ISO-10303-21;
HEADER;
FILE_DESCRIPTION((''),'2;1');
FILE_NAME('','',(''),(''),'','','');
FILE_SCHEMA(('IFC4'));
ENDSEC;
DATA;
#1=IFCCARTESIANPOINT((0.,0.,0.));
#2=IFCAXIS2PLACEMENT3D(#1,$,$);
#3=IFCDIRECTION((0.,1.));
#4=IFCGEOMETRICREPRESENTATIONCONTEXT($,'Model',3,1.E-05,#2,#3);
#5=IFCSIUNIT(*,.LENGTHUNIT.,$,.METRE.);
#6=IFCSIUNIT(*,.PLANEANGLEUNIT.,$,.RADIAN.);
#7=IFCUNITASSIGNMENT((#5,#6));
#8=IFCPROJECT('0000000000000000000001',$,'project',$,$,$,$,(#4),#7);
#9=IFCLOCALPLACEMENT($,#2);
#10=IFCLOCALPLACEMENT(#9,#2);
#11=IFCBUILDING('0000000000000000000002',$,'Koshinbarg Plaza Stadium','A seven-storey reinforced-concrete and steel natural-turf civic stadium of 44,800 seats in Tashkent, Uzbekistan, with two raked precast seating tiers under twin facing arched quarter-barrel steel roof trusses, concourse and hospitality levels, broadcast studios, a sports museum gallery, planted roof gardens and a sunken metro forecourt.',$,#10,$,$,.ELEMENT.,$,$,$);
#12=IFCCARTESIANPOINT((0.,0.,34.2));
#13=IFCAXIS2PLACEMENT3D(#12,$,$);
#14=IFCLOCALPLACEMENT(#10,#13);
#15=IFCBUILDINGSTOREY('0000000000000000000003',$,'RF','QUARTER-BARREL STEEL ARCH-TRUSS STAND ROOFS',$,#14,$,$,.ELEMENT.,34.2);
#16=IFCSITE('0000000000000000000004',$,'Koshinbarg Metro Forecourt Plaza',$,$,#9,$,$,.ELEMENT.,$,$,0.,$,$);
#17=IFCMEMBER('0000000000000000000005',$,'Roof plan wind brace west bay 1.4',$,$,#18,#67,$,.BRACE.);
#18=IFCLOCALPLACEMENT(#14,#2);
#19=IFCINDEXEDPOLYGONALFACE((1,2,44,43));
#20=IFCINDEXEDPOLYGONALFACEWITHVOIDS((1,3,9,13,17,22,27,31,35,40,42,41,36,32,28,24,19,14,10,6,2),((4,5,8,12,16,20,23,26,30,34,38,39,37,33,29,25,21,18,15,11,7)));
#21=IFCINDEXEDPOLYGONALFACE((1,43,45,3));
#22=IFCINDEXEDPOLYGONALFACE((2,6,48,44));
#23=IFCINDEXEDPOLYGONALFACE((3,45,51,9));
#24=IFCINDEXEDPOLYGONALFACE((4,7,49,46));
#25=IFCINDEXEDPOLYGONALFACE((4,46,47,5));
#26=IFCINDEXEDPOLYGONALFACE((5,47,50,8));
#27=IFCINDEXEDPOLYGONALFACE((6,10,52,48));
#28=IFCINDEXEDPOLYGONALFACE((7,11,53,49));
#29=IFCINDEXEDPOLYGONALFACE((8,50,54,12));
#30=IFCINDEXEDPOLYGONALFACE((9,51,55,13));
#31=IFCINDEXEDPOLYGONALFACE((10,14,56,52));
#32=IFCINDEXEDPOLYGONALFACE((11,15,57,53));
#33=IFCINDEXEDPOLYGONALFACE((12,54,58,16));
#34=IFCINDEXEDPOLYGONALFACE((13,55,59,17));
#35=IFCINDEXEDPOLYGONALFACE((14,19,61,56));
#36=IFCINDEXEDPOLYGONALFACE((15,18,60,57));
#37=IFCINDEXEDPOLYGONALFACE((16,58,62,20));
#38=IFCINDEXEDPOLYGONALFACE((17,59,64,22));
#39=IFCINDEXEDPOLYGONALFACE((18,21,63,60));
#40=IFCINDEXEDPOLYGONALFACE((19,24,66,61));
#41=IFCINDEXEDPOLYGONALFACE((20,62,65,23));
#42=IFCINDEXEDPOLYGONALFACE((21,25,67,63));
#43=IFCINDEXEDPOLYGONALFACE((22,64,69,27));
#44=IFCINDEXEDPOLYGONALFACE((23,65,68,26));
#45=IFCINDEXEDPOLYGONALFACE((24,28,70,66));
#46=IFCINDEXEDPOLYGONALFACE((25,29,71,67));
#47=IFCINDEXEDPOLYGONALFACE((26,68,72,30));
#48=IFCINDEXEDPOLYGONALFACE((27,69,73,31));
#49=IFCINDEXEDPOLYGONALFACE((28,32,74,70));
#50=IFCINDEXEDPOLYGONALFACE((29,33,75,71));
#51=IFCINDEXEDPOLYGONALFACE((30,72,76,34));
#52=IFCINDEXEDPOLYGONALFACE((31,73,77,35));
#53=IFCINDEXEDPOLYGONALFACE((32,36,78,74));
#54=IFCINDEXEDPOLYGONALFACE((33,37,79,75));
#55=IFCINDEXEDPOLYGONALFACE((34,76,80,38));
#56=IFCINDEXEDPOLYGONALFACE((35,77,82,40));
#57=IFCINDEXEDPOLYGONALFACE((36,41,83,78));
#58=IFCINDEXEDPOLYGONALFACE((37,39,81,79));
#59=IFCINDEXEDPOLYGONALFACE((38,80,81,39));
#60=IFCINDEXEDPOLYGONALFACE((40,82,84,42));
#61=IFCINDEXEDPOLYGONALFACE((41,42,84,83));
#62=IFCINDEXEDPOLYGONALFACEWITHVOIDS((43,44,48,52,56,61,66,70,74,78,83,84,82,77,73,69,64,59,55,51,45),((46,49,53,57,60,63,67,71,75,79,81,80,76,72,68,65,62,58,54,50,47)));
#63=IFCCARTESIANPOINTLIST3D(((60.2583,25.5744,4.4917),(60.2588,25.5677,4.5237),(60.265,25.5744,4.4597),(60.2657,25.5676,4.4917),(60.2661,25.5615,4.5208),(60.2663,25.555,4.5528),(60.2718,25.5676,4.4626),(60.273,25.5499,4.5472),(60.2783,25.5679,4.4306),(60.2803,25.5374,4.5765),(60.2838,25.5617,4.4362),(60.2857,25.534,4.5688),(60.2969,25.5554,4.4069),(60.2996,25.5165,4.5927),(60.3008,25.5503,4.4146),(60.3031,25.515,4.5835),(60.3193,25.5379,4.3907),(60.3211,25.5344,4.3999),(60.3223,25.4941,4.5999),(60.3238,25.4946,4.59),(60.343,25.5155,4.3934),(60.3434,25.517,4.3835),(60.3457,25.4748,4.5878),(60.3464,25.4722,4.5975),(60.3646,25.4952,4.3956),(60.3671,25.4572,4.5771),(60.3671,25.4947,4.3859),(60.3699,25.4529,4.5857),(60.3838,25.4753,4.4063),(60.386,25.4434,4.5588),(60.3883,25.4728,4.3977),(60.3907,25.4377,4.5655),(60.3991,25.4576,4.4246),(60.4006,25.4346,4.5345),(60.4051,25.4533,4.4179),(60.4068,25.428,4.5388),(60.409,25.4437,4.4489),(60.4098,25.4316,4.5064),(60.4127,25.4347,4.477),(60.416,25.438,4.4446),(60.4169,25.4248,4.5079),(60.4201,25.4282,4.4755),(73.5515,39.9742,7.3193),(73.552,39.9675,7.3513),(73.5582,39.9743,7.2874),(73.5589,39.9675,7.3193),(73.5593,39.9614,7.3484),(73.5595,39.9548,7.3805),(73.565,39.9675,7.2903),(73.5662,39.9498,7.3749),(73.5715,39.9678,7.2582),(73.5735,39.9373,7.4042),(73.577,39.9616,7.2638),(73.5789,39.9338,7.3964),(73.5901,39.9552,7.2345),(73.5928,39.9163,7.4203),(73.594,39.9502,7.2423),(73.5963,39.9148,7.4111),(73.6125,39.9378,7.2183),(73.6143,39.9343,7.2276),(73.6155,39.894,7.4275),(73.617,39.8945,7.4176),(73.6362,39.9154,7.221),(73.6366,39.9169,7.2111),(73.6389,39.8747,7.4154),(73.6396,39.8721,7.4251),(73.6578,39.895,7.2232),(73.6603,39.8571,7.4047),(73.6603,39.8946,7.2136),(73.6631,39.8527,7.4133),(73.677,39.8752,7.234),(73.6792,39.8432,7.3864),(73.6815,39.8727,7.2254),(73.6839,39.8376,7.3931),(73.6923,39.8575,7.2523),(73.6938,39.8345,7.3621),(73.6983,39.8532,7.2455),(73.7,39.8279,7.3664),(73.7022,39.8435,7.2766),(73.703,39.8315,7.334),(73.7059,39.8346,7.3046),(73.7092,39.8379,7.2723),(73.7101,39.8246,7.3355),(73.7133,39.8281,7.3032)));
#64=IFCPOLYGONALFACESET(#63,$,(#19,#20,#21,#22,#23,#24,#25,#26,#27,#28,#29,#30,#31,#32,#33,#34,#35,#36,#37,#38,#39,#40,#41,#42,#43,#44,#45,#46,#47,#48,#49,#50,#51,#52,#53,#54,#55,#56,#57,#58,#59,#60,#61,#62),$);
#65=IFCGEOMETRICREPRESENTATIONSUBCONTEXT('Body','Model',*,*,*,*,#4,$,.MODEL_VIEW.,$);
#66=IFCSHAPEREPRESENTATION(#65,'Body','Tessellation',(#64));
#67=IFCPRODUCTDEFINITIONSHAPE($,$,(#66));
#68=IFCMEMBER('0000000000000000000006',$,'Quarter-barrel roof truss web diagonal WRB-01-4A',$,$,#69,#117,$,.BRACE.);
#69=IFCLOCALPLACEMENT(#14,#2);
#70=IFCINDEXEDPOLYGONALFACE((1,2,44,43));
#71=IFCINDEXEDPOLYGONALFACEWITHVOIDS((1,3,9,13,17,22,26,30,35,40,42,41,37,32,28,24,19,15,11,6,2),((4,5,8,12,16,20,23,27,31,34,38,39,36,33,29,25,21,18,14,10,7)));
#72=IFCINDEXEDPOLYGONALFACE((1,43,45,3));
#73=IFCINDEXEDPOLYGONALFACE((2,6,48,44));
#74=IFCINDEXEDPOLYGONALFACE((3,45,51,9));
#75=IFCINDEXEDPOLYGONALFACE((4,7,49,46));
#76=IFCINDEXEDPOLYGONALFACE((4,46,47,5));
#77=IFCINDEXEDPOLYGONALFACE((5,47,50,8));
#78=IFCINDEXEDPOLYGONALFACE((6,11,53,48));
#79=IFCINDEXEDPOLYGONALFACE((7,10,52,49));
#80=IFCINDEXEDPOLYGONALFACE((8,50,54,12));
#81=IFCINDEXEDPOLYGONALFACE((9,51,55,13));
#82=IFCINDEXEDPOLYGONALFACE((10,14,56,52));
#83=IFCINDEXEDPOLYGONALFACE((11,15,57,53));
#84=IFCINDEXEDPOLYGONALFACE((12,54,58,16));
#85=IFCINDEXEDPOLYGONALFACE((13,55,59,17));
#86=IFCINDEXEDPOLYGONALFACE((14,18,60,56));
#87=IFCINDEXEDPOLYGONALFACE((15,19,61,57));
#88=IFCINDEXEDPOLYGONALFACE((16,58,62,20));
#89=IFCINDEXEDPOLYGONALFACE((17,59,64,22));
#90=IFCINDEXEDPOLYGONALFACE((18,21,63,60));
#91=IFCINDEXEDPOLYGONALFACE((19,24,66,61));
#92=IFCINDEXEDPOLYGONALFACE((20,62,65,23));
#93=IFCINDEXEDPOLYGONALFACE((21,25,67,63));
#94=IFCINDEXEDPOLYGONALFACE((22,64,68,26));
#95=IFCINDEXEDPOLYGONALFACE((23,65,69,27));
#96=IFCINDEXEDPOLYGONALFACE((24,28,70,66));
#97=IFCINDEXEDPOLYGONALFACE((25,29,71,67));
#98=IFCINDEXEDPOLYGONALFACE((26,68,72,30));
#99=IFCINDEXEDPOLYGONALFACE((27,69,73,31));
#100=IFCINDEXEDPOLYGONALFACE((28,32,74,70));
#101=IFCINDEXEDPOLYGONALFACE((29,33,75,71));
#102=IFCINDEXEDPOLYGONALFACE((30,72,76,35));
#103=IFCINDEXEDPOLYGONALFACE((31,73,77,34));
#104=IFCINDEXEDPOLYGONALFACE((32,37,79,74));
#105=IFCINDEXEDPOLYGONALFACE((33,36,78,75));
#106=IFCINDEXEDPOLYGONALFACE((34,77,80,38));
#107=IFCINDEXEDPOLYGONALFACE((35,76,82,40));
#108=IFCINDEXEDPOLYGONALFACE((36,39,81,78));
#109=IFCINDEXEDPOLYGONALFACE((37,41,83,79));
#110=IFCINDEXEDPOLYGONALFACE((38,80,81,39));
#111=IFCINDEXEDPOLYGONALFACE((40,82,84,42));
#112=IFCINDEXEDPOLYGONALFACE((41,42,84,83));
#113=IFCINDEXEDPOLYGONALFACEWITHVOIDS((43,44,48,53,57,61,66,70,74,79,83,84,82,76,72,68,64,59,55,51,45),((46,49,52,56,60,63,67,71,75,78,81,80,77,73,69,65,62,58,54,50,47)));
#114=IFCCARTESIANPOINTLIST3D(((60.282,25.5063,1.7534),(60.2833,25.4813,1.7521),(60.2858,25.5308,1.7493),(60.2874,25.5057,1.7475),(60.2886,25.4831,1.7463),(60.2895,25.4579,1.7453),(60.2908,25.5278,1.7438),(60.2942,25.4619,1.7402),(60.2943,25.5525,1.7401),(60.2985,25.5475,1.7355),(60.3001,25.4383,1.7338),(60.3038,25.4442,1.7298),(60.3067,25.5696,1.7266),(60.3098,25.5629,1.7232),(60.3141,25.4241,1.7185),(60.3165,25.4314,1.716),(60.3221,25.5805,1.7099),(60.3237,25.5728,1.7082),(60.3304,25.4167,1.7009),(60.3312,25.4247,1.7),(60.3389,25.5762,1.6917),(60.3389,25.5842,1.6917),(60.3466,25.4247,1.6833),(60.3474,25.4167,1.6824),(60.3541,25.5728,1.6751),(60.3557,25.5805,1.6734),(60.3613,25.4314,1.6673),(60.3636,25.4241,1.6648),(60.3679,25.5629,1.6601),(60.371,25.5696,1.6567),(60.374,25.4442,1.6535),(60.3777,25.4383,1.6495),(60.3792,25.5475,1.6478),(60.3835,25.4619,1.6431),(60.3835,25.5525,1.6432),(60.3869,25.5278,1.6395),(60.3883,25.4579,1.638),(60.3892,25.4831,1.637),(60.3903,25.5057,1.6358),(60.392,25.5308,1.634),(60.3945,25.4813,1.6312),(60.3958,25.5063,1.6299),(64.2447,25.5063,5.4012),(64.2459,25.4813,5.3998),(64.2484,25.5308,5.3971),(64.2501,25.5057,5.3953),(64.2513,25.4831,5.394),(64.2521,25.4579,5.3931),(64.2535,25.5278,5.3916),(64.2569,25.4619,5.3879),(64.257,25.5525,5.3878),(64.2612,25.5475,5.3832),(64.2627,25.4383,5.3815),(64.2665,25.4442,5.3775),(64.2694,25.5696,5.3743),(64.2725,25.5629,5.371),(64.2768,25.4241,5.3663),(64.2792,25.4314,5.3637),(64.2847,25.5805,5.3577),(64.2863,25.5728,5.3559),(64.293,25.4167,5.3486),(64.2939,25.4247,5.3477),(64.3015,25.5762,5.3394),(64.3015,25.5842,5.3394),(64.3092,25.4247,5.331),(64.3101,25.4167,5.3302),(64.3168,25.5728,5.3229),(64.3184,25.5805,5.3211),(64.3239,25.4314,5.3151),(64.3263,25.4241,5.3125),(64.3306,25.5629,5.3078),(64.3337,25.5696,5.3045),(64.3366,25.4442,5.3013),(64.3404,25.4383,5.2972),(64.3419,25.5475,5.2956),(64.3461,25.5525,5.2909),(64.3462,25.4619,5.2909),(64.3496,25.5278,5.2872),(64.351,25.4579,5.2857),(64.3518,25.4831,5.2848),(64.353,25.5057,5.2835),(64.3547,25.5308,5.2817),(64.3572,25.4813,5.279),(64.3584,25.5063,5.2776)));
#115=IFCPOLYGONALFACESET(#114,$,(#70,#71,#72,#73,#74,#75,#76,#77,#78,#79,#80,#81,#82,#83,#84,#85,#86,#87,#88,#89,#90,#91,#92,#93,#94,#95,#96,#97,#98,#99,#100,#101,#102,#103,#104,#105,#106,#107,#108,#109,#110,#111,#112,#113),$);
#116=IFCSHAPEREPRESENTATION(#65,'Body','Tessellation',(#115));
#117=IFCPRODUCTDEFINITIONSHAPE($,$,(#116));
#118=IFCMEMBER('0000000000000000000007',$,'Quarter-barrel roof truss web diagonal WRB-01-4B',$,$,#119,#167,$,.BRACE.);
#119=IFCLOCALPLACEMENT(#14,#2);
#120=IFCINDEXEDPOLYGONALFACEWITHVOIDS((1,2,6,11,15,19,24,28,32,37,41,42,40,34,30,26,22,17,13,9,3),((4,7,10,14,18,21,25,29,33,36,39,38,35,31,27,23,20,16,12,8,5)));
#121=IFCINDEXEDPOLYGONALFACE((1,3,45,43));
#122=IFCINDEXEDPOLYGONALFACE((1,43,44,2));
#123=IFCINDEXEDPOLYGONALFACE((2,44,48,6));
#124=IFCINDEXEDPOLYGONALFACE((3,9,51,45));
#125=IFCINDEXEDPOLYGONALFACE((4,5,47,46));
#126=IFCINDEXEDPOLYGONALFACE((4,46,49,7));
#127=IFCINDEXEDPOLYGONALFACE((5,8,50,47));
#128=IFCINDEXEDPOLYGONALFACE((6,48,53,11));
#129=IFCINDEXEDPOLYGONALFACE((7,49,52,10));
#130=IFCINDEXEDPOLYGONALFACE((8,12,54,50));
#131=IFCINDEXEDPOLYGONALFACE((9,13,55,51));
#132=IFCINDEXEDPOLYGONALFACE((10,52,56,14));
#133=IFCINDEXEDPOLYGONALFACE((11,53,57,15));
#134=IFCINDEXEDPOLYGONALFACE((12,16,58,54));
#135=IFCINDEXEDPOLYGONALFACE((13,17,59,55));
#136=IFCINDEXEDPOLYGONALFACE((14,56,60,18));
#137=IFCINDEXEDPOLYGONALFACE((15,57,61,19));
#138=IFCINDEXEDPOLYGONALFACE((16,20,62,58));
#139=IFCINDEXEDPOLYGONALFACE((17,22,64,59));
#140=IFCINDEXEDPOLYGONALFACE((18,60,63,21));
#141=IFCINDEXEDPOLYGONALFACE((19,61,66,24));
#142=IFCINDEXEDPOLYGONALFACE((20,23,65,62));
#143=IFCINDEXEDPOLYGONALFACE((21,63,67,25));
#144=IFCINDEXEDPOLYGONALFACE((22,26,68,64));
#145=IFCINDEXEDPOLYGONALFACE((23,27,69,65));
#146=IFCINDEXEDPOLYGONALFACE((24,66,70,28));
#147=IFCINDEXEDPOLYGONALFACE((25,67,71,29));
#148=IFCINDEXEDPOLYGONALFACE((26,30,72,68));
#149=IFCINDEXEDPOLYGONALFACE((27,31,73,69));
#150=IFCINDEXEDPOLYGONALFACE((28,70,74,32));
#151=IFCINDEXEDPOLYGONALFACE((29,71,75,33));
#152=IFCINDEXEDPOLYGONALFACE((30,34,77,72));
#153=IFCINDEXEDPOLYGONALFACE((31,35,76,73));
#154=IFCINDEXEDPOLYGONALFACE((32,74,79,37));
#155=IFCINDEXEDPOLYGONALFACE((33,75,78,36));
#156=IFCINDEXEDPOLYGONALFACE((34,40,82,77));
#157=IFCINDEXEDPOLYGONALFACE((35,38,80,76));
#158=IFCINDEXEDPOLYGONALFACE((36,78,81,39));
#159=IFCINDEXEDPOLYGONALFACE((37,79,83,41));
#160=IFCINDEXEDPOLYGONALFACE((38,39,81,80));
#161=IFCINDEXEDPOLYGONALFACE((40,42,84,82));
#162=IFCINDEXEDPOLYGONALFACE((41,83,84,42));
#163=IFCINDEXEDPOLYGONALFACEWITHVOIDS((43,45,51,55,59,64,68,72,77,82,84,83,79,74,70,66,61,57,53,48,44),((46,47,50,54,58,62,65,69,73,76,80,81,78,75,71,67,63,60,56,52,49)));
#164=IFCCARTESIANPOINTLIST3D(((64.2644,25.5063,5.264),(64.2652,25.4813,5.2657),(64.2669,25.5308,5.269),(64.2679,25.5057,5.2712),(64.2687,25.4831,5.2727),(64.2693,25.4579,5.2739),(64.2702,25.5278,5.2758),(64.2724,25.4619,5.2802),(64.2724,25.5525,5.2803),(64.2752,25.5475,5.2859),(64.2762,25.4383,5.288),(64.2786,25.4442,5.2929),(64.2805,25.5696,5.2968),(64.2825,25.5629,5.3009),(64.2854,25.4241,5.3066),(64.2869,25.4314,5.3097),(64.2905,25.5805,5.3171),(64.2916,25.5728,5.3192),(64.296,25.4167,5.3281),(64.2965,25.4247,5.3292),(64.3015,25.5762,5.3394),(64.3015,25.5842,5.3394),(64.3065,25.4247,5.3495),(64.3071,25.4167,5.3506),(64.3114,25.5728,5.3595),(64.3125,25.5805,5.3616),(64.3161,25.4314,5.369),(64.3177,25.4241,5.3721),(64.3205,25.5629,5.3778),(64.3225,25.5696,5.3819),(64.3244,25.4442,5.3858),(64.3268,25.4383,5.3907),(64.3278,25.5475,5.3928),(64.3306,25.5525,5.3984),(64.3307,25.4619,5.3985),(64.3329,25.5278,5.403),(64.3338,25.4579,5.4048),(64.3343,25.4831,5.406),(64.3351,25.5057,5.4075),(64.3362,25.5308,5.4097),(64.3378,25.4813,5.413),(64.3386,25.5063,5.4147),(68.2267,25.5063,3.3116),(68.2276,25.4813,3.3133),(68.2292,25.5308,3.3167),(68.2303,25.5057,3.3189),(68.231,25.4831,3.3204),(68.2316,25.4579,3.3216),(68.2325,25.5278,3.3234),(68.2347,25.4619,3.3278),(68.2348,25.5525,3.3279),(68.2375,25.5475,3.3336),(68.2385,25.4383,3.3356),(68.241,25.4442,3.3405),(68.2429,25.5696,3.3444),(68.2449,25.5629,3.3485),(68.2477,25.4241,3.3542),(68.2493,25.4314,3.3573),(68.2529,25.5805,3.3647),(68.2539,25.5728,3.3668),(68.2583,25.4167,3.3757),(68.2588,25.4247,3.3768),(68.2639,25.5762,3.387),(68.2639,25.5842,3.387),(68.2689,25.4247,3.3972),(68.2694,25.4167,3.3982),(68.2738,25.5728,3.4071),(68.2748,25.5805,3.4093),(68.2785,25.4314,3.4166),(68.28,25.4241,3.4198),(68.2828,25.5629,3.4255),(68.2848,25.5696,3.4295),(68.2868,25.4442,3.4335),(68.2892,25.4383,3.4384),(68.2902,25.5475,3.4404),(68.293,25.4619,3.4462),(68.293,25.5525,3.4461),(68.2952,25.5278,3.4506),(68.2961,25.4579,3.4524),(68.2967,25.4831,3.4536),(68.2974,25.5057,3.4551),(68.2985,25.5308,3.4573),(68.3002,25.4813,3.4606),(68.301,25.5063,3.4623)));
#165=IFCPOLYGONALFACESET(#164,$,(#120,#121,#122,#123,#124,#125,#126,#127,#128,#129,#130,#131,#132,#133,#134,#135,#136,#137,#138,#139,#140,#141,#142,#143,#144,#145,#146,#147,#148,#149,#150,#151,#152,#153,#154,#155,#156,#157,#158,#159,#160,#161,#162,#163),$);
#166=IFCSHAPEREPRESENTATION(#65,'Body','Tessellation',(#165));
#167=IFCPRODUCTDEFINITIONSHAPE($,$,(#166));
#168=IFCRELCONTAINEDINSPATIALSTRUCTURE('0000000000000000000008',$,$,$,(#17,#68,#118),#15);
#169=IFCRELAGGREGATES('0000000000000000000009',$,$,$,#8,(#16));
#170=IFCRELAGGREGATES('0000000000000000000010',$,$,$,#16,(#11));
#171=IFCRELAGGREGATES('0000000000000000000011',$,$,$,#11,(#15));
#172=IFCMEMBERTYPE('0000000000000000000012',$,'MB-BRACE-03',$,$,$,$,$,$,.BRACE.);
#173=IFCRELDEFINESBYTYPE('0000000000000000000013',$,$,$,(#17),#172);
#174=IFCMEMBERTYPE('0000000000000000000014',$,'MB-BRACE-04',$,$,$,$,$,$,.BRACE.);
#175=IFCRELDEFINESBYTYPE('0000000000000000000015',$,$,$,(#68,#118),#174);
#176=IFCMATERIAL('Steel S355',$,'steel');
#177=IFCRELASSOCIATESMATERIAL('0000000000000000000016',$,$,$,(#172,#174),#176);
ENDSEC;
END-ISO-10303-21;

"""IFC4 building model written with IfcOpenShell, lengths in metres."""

from ifc_helpers import new_model, si_unit, direction, frame, origin, origin_2d, place, context, subcontext, project, spatial, hollow_circle, extrude, material, material_profile, profile_set, type_object, element, save


model = new_model("IFC4")

# Units and contexts
model_context = context("Model", 3, precision=1e-05, world=origin(), true_north=direction((0.0, 1.0)))
body_context = subcontext(model_context, "Body", "Model", "MODEL_VIEW")
ifc_project = project(units=[si_unit("LENGTHUNIT", "METRE"), si_unit("PLANEANGLEUNIT", "RADIAN")], contexts=[model_context])

# Site, building, storey
site_placement = place(None, origin())
site = spatial("IfcSite", under=ifc_project, at=site_placement, Name="Koshinbarg Metro Forecourt Plaza", CompositionType="ELEMENT", RefElevation=0.0)
building_placement = place(site_placement, origin())
building = spatial("IfcBuilding", under=site, at=building_placement, Name="Koshinbarg Plaza Stadium", Description="A seven-storey reinforced-concrete and steel natural-turf civic stadium of 44,800 seats in Tashkent, Uzbekistan, with two raked precast seating tiers under twin facing arched quarter-barrel steel roof trusses, concourse and hospitality levels, broadcast studios, a sports museum gallery, planted roof gardens and a sunken metro forecourt.", CompositionType="ELEMENT")
storey_placement = place(building_placement, frame((0.0, 0.0, 34.2)))
storey = spatial("IfcBuildingStorey", under=building, at=storey_placement, Name="RF", Description="QUARTER-BARREL STEEL ARCH-TRUSS STAND ROOFS", CompositionType="ELEMENT", Elevation=34.2)

# Members
ifc_material_1 = material(Name="Steel S355", Category="steel")
ifc_material_profile_1 = material_profile(ifc_material_1, hollow_circle(Radius=0.1096, WallThickness=0.01, at=origin_2d()), Name="CHS 219.1x10")
ifc_profile_set_1 = profile_set([ifc_material_profile_1], Name="Steel S355")
member_type_1 = type_object("IfcMemberType", Name="MB-BRACE-03", PredefinedType="BRACE", material=ifc_profile_set_1)
member_1_placement = place(storey_placement, frame((60.3389, 25.5, 4.4917), z_axis=(0.671355, 0.727247, 0.142806), x_axis=(-0.734778, 0.678308, 0.0)))
element("IfcMember", 1, at=member_1_placement, inside=storey, type_object=member_type_1, Name="Roof plan wind brace west bay 1.4", PredefinedType="BRACE", context=body_context, shape_type="SweptSolid", body=[
    extrude(hollow_circle(Radius=0.1096, WallThickness=0.01, at=origin_2d()), origin(), (0.0, 0.0, 1.0), 19.8005),
])
ifc_material_profile_2 = material_profile(ifc_material_1, hollow_circle(Radius=0.0842, WallThickness=0.0081, at=origin_2d()), Name="CHS 168.3x8")
ifc_profile_set_2 = profile_set([ifc_material_profile_2], Name="Steel S355")
member_type_2 = type_object("IfcMemberType", Name="MB-BRACE-04", PredefinedType="BRACE", material=ifc_profile_set_2)
member_2_placement = place(storey_placement, frame((60.3389, 25.5, 1.6917), z_axis=(0.735739, 0.0, 0.677265), x_axis=(0.0, 1.0, 0.0)))
element("IfcMember", 2, at=member_2_placement, inside=storey, type_object=member_type_2, Name="Quarter-barrel roof truss web diagonal WRB-01-4A", PredefinedType="BRACE", context=body_context, shape_type="SweptSolid", body=[
    extrude(hollow_circle(Radius=0.0842, WallThickness=0.0081, at=origin_2d()), origin(), (0.0, 0.0, 1.0), 5.386),
])
member_3_placement = place(storey_placement, frame((64.3015, 25.5, 5.3394), z_axis=(0.897021, 0.0, -0.441989), x_axis=(0.0, 1.0, 0.0)))
element("IfcMember", 3, at=member_3_placement, inside=storey, type_object=member_type_2, Name="Quarter-barrel roof truss web diagonal WRB-01-4B", PredefinedType="BRACE", context=body_context, shape_type="SweptSolid", body=[
    extrude(hollow_circle(Radius=0.0842, WallThickness=0.0081, at=origin_2d()), origin(), (0.0, 0.0, 1.0), 4.4172),
])

save(model, "model.ifc")
